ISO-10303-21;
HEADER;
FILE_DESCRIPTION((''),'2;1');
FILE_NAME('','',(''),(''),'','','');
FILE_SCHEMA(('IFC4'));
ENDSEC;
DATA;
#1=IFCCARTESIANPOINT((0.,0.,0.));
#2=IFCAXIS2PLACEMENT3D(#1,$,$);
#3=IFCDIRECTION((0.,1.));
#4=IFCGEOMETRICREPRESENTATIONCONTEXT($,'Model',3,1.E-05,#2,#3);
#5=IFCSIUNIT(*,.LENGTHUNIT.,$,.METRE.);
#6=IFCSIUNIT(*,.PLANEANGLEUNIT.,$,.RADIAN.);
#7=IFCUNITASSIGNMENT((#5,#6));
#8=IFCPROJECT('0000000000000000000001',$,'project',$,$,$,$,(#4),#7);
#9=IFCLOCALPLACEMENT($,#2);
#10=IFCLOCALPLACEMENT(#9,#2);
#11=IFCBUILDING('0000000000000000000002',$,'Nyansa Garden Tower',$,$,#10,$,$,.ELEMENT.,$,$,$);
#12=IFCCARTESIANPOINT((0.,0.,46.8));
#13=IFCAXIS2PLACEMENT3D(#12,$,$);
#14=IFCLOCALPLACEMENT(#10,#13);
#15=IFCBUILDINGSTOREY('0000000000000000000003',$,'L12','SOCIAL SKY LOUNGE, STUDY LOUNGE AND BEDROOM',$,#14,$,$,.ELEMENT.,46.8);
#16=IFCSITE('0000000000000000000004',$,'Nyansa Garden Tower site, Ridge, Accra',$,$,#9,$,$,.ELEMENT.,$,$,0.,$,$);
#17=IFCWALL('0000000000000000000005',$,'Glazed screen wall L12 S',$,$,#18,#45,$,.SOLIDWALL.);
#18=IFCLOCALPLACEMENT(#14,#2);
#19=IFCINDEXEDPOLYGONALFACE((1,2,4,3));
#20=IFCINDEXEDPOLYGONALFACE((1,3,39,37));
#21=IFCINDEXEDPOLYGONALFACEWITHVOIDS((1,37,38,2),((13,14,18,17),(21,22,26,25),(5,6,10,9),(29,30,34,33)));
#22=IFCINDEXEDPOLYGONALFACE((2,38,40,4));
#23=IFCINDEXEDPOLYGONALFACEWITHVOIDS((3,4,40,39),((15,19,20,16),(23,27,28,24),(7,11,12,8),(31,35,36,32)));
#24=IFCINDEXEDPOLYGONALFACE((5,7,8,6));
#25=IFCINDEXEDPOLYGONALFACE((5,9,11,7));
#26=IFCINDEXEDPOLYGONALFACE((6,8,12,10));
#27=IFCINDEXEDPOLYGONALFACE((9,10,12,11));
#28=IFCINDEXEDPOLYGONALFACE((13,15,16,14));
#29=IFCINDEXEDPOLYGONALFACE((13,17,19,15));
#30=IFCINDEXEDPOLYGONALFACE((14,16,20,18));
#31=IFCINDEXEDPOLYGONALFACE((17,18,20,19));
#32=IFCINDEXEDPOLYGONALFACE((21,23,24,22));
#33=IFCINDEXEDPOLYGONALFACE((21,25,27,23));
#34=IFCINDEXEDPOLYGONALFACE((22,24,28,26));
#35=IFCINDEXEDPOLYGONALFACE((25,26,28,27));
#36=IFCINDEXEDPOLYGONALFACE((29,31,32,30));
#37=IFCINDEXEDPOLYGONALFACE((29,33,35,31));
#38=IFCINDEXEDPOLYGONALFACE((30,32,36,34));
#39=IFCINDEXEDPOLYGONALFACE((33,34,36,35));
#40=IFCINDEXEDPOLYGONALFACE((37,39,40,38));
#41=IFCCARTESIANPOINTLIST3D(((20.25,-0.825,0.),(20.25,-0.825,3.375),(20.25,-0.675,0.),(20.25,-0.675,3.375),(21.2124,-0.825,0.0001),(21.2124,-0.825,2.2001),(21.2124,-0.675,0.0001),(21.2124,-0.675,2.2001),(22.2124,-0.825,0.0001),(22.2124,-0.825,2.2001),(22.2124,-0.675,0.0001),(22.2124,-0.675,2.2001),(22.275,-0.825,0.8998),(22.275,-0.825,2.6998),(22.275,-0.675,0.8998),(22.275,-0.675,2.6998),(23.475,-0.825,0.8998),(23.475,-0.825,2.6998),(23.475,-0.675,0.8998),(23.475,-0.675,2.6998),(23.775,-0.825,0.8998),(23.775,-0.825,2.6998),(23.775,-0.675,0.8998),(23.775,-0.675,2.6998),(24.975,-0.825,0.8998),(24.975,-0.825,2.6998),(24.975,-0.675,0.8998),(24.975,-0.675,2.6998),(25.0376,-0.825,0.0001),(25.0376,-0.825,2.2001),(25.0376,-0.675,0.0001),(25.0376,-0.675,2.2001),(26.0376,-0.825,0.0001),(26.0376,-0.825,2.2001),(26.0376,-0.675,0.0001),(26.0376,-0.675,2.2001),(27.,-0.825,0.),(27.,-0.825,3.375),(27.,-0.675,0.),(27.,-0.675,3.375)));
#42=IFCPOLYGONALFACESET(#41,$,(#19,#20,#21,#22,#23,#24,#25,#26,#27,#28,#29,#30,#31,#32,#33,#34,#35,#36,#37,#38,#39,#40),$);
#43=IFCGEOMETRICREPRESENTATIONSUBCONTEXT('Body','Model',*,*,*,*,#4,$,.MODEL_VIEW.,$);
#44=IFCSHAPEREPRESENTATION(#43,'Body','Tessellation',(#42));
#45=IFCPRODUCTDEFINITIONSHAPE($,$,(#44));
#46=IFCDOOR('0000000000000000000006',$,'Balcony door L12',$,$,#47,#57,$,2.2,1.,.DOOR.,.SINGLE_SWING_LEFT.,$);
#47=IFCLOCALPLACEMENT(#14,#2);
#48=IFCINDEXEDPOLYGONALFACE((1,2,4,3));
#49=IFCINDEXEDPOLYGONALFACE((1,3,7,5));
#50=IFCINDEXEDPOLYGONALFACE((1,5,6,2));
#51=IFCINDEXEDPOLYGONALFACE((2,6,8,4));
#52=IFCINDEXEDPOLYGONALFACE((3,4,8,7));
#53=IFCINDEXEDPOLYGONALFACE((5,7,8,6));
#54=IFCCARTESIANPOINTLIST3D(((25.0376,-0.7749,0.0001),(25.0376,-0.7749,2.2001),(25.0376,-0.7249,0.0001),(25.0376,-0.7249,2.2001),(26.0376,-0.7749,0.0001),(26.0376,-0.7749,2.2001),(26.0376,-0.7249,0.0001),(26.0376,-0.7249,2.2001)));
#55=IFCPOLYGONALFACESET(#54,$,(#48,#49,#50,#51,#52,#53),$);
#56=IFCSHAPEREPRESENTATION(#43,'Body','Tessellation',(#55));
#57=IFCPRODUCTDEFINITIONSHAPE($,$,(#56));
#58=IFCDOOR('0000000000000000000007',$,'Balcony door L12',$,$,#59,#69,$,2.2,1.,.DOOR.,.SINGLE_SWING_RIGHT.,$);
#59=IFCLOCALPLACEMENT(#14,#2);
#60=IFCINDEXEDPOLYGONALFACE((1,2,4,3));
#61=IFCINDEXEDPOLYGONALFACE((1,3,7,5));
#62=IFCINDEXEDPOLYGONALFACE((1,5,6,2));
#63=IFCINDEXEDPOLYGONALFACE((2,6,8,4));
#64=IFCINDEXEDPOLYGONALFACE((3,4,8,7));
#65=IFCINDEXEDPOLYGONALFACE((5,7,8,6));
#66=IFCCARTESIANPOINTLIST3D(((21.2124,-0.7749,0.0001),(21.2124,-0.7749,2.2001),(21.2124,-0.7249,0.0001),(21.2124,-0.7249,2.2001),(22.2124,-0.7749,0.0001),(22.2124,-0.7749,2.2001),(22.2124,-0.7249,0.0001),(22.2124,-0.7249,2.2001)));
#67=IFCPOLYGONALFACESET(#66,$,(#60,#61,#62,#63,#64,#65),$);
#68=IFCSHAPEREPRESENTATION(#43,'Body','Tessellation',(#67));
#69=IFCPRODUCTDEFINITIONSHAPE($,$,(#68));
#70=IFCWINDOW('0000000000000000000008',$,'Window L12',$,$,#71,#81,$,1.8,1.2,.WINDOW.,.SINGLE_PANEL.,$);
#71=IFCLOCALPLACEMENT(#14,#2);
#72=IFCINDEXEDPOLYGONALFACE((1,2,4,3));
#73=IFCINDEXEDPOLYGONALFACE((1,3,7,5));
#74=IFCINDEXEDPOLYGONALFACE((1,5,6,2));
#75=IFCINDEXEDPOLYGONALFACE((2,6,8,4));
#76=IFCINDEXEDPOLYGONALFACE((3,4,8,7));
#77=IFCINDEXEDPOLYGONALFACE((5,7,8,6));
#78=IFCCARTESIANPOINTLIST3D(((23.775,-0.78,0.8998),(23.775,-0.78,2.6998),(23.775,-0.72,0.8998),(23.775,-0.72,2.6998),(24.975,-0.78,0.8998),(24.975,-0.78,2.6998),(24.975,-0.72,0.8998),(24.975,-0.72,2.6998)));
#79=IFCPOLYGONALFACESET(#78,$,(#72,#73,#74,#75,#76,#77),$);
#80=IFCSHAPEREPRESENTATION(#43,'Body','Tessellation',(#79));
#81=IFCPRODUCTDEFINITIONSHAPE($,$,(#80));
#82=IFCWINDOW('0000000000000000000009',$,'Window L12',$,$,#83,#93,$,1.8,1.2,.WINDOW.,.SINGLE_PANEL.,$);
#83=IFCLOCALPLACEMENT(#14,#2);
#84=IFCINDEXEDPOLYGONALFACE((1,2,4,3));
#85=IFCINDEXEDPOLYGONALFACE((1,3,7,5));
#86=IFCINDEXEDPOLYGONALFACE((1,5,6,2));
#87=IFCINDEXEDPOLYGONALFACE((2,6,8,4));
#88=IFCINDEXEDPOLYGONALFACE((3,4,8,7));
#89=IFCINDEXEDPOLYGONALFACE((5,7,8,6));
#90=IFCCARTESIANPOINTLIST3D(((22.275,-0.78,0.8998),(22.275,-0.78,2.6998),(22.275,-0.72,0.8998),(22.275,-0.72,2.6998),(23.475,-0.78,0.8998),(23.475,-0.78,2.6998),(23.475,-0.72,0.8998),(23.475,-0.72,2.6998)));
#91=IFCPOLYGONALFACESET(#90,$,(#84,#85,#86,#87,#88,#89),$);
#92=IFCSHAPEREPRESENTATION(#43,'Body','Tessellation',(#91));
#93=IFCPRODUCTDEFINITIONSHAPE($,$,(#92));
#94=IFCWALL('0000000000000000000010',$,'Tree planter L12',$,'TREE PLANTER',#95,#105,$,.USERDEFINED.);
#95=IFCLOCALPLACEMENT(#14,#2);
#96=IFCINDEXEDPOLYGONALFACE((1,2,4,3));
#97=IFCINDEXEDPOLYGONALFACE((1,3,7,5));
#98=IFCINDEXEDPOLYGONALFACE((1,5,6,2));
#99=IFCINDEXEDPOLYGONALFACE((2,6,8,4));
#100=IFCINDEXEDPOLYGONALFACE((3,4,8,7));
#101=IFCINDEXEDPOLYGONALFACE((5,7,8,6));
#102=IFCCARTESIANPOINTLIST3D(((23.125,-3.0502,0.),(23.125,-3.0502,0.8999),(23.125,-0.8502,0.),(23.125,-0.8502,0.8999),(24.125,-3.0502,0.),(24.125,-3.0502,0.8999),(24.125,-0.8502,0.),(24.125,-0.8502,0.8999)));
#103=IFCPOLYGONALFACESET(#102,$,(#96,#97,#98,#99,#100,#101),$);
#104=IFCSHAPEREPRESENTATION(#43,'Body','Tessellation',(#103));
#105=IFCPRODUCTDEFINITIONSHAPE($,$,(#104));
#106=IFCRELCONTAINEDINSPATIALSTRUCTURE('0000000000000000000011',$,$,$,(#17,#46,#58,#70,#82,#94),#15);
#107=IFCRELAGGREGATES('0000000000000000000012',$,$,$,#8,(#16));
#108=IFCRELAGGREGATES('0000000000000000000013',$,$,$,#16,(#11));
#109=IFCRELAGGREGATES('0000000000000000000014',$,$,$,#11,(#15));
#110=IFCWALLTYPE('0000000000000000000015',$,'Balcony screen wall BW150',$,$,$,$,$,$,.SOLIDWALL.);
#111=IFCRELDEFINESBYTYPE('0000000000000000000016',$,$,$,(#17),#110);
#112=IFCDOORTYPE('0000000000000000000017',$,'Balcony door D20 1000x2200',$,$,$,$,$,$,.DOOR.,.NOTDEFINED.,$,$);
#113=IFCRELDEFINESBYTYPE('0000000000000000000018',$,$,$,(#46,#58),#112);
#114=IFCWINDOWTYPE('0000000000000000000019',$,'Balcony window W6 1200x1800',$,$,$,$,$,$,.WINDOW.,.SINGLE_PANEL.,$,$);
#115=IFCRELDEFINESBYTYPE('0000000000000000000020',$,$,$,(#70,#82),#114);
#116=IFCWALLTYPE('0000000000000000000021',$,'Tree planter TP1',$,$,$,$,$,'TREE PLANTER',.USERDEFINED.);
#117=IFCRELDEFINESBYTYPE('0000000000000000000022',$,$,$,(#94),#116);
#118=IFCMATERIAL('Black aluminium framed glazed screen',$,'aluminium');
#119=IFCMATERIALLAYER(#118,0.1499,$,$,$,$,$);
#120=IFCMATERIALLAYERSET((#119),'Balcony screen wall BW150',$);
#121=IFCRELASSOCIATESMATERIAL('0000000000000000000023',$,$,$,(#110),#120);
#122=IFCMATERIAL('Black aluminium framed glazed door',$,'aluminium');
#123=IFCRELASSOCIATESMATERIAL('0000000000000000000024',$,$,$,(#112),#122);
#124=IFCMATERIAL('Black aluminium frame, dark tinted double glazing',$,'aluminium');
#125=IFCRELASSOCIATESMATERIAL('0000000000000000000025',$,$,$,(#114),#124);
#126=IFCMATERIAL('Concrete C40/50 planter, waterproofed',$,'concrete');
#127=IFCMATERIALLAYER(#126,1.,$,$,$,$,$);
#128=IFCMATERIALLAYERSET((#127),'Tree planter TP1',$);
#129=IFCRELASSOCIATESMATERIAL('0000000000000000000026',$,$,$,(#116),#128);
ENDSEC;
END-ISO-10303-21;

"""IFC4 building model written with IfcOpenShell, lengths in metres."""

from ifc_helpers import new_model, si_unit, direction, frame, frame_2d, origin, place, context, subcontext, project, spatial, rectangle, extrude, material, layer, layer_set, type_object, element, fill, save


model = new_model("IFC4")

# Units and contexts
model_context = context("Model", 3, precision=1e-05, world=origin(), true_north=direction((0.0, 1.0)))
body_context = subcontext(model_context, "Body", "Model", "MODEL_VIEW")
ifc_project = project(units=[si_unit("LENGTHUNIT", "METRE"), si_unit("PLANEANGLEUNIT", "RADIAN")], contexts=[model_context])

# Site, building, storey
site_placement = place(None, origin())
site = spatial("IfcSite", under=ifc_project, at=site_placement, Name="Nyansa Garden Tower site, Ridge, Accra", CompositionType="ELEMENT", RefElevation=0.0)
building_placement = place(site_placement, origin())
building = spatial("IfcBuilding", under=site, at=building_placement, Name="Nyansa Garden Tower", CompositionType="ELEMENT")
storey_placement = place(building_placement, frame((0.0, 0.0, 46.8)))
storey = spatial("IfcBuildingStorey", under=building, at=storey_placement, Name="L12", Description="SOCIAL SKY LOUNGE, STUDY LOUNGE AND BEDROOM", CompositionType="ELEMENT", Elevation=46.8)

# Wall, openings, doors, windows
ifc_material_1 = material(Name="Black aluminium framed glazed screen", Category="aluminium")
ifc_layer_1 = layer(ifc_material_1, 0.1499)
ifc_layer_set_1 = layer_set([ifc_layer_1], Name="Balcony screen wall BW150")
wall_type_1 = type_object("IfcWallType", Name="Balcony screen wall BW150", PredefinedType="SOLIDWALL", material=ifc_layer_set_1)
ifc_material_2 = material(Name="Black aluminium framed glazed door", Category="aluminium")
door_type = type_object("IfcDoorType", Name="Balcony door D20 1000x2200", OperationType="NOTDEFINED", PredefinedType="DOOR", material=ifc_material_2)
ifc_material_3 = material(Name="Black aluminium frame, dark tinted double glazing", Category="aluminium")
window_type = type_object("IfcWindowType", Name="Balcony window W6 1200x1800", PartitioningType="SINGLE_PANEL", PredefinedType="WINDOW", material=ifc_material_3)
wall_1_placement = place(storey_placement, frame((27.0, -0.75, 0.0), z_axis=(0.0, 0.0, 1.0), x_axis=(-1.0, 0.0, 0.0)))
wall_1 = element("IfcWall", 1, at=wall_1_placement, inside=storey, type_object=wall_type_1, Name="Glazed screen wall L12 S", PredefinedType="SOLIDWALL", context=body_context, shape_type="SweptSolid", body=[
    extrude(rectangle(XDim=6.75, YDim=0.1499, at=frame_2d((3.375, 0.0))), origin(), (0.0, 0.0, 1.0), 3.375),
])
opening_1_placement = place(wall_1_placement, frame((0.9624, 0.0, 0.0)))
opening_1 = element("IfcOpeningElement", 2, at=opening_1_placement, cuts=wall_1, PredefinedType="OPENING", context=body_context, shape_type="SweptSolid", body=[
    extrude(rectangle(XDim=1.0, YDim=2.2, at=frame_2d((0.5, 1.1001))), frame((0.0, 0.085, 0.0), z_axis=(0.0, -1.0, 0.0), x_axis=(1.0, 0.0, 0.0)), (0.0, 0.0, 1.0), 0.1699),
])
opening_2_placement = place(wall_1_placement, frame((2.0249, 0.0, 0.8999)))
opening_2 = element("IfcOpeningElement", 3, at=opening_2_placement, cuts=wall_1, PredefinedType="OPENING", context=body_context, shape_type="SweptSolid", body=[
    extrude(rectangle(XDim=1.2, YDim=1.8, at=frame_2d((0.6001, 0.8999))), frame((0.0, 0.085, 0.0), z_axis=(0.0, -1.0, 0.0), x_axis=(1.0, 0.0, 0.0)), (0.0, 0.0, 1.0), 0.1699),
])
opening_3_placement = place(wall_1_placement, frame((4.7876, 0.0, 0.0)))
opening_3 = element("IfcOpeningElement", 4, at=opening_3_placement, cuts=wall_1, PredefinedType="OPENING", context=body_context, shape_type="SweptSolid", body=[
    extrude(rectangle(XDim=1.0, YDim=2.2, at=frame_2d((0.5, 1.1001))), frame((0.0, 0.085, 0.0), z_axis=(0.0, -1.0, 0.0), x_axis=(1.0, 0.0, 0.0)), (0.0, 0.0, 1.0), 0.1699),
])
opening_4_placement = place(wall_1_placement, frame((3.5249, 0.0, 0.8999)))
opening_4 = element("IfcOpeningElement", 5, at=opening_4_placement, cuts=wall_1, PredefinedType="OPENING", context=body_context, shape_type="SweptSolid", body=[
    extrude(rectangle(XDim=1.2, YDim=1.8, at=frame_2d((0.6001, 0.8999))), frame((0.0, 0.085, 0.0), z_axis=(0.0, -1.0, 0.0), x_axis=(1.0, 0.0, 0.0)), (0.0, 0.0, 1.0), 0.1699),
])
door_1_placement = place(opening_1_placement, origin())
door_1 = element("IfcDoor", 6, at=door_1_placement, inside=storey, type_object=door_type, Name="Balcony door L12", OperationType="SINGLE_SWING_LEFT", OverallHeight=2.2, OverallWidth=1.0, PredefinedType="DOOR", context=body_context, shape_type="SweptSolid", body=[
    extrude(rectangle(XDim=1.0, YDim=2.2, at=frame_2d((0.5, 1.1001))), frame((0.0, 0.0249, 0.0), z_axis=(0.0, -1.0, 0.0), x_axis=(1.0, 0.0, 0.0)), (0.0, 0.0, 1.0), 0.05),
])
fill(opening_1, door_1)
door_2_placement = place(opening_3_placement, origin())
door_2 = element("IfcDoor", 7, at=door_2_placement, inside=storey, type_object=door_type, Name="Balcony door L12", OperationType="SINGLE_SWING_RIGHT", OverallHeight=2.2, OverallWidth=1.0, PredefinedType="DOOR", context=body_context, shape_type="SweptSolid", body=[
    extrude(rectangle(XDim=1.0, YDim=2.2, at=frame_2d((0.5, 1.1001))), frame((0.0, 0.0249, 0.0), z_axis=(0.0, -1.0, 0.0), x_axis=(1.0, 0.0, 0.0)), (0.0, 0.0, 1.0), 0.05),
])
fill(opening_3, door_2)
window_1_placement = place(opening_2_placement, origin())
window_1 = element("IfcWindow", 8, at=window_1_placement, inside=storey, type_object=window_type, Name="Window L12", OverallHeight=1.8, OverallWidth=1.2, PartitioningType="SINGLE_PANEL", PredefinedType="WINDOW", context=body_context, shape_type="SweptSolid", body=[
    extrude(rectangle(XDim=1.2, YDim=1.8, at=frame_2d((0.6001, 0.8999))), frame((0.0, 0.03, 0.0), z_axis=(0.0, -1.0, 0.0), x_axis=(1.0, 0.0, 0.0)), (0.0, 0.0, 1.0), 0.0601),
])
fill(opening_2, window_1)
window_2_placement = place(opening_4_placement, origin())
window_2 = element("IfcWindow", 9, at=window_2_placement, inside=storey, type_object=window_type, Name="Window L12", OverallHeight=1.8, OverallWidth=1.2, PartitioningType="SINGLE_PANEL", PredefinedType="WINDOW", context=body_context, shape_type="SweptSolid", body=[
    extrude(rectangle(XDim=1.2, YDim=1.8, at=frame_2d((0.6001, 0.8999))), frame((0.0, 0.03, 0.0), z_axis=(0.0, -1.0, 0.0), x_axis=(1.0, 0.0, 0.0)), (0.0, 0.0, 1.0), 0.0601),
])
fill(opening_4, window_2)

# Wall
ifc_material_4 = material(Name="Concrete C40/50 planter, waterproofed", Category="concrete")
ifc_layer_2 = layer(ifc_material_4, 1.0)
ifc_layer_set_2 = layer_set([ifc_layer_2], Name="Tree planter TP1")
wall_type_2 = type_object("IfcWallType", Name="Tree planter TP1", ElementType="TREE PLANTER", PredefinedType="USERDEFINED", material=ifc_layer_set_2)
wall_2_placement = place(storey_placement, frame((23.625, -0.8501, 0.0), z_axis=(0.0, 0.0, 1.0), x_axis=(0.0, -1.0, 0.0)))
element("IfcWall", 10, at=wall_2_placement, inside=storey, type_object=wall_type_2, Name="Tree planter L12", ObjectType="TREE PLANTER", PredefinedType="USERDEFINED", context=body_context, shape_type="SweptSolid", body=[
    extrude(rectangle(XDim=2.2, YDim=1.0, at=frame_2d((1.1001, 0.0))), origin(), (0.0, 0.0, 1.0), 0.8999),
])

save(model, "model.ifc")
